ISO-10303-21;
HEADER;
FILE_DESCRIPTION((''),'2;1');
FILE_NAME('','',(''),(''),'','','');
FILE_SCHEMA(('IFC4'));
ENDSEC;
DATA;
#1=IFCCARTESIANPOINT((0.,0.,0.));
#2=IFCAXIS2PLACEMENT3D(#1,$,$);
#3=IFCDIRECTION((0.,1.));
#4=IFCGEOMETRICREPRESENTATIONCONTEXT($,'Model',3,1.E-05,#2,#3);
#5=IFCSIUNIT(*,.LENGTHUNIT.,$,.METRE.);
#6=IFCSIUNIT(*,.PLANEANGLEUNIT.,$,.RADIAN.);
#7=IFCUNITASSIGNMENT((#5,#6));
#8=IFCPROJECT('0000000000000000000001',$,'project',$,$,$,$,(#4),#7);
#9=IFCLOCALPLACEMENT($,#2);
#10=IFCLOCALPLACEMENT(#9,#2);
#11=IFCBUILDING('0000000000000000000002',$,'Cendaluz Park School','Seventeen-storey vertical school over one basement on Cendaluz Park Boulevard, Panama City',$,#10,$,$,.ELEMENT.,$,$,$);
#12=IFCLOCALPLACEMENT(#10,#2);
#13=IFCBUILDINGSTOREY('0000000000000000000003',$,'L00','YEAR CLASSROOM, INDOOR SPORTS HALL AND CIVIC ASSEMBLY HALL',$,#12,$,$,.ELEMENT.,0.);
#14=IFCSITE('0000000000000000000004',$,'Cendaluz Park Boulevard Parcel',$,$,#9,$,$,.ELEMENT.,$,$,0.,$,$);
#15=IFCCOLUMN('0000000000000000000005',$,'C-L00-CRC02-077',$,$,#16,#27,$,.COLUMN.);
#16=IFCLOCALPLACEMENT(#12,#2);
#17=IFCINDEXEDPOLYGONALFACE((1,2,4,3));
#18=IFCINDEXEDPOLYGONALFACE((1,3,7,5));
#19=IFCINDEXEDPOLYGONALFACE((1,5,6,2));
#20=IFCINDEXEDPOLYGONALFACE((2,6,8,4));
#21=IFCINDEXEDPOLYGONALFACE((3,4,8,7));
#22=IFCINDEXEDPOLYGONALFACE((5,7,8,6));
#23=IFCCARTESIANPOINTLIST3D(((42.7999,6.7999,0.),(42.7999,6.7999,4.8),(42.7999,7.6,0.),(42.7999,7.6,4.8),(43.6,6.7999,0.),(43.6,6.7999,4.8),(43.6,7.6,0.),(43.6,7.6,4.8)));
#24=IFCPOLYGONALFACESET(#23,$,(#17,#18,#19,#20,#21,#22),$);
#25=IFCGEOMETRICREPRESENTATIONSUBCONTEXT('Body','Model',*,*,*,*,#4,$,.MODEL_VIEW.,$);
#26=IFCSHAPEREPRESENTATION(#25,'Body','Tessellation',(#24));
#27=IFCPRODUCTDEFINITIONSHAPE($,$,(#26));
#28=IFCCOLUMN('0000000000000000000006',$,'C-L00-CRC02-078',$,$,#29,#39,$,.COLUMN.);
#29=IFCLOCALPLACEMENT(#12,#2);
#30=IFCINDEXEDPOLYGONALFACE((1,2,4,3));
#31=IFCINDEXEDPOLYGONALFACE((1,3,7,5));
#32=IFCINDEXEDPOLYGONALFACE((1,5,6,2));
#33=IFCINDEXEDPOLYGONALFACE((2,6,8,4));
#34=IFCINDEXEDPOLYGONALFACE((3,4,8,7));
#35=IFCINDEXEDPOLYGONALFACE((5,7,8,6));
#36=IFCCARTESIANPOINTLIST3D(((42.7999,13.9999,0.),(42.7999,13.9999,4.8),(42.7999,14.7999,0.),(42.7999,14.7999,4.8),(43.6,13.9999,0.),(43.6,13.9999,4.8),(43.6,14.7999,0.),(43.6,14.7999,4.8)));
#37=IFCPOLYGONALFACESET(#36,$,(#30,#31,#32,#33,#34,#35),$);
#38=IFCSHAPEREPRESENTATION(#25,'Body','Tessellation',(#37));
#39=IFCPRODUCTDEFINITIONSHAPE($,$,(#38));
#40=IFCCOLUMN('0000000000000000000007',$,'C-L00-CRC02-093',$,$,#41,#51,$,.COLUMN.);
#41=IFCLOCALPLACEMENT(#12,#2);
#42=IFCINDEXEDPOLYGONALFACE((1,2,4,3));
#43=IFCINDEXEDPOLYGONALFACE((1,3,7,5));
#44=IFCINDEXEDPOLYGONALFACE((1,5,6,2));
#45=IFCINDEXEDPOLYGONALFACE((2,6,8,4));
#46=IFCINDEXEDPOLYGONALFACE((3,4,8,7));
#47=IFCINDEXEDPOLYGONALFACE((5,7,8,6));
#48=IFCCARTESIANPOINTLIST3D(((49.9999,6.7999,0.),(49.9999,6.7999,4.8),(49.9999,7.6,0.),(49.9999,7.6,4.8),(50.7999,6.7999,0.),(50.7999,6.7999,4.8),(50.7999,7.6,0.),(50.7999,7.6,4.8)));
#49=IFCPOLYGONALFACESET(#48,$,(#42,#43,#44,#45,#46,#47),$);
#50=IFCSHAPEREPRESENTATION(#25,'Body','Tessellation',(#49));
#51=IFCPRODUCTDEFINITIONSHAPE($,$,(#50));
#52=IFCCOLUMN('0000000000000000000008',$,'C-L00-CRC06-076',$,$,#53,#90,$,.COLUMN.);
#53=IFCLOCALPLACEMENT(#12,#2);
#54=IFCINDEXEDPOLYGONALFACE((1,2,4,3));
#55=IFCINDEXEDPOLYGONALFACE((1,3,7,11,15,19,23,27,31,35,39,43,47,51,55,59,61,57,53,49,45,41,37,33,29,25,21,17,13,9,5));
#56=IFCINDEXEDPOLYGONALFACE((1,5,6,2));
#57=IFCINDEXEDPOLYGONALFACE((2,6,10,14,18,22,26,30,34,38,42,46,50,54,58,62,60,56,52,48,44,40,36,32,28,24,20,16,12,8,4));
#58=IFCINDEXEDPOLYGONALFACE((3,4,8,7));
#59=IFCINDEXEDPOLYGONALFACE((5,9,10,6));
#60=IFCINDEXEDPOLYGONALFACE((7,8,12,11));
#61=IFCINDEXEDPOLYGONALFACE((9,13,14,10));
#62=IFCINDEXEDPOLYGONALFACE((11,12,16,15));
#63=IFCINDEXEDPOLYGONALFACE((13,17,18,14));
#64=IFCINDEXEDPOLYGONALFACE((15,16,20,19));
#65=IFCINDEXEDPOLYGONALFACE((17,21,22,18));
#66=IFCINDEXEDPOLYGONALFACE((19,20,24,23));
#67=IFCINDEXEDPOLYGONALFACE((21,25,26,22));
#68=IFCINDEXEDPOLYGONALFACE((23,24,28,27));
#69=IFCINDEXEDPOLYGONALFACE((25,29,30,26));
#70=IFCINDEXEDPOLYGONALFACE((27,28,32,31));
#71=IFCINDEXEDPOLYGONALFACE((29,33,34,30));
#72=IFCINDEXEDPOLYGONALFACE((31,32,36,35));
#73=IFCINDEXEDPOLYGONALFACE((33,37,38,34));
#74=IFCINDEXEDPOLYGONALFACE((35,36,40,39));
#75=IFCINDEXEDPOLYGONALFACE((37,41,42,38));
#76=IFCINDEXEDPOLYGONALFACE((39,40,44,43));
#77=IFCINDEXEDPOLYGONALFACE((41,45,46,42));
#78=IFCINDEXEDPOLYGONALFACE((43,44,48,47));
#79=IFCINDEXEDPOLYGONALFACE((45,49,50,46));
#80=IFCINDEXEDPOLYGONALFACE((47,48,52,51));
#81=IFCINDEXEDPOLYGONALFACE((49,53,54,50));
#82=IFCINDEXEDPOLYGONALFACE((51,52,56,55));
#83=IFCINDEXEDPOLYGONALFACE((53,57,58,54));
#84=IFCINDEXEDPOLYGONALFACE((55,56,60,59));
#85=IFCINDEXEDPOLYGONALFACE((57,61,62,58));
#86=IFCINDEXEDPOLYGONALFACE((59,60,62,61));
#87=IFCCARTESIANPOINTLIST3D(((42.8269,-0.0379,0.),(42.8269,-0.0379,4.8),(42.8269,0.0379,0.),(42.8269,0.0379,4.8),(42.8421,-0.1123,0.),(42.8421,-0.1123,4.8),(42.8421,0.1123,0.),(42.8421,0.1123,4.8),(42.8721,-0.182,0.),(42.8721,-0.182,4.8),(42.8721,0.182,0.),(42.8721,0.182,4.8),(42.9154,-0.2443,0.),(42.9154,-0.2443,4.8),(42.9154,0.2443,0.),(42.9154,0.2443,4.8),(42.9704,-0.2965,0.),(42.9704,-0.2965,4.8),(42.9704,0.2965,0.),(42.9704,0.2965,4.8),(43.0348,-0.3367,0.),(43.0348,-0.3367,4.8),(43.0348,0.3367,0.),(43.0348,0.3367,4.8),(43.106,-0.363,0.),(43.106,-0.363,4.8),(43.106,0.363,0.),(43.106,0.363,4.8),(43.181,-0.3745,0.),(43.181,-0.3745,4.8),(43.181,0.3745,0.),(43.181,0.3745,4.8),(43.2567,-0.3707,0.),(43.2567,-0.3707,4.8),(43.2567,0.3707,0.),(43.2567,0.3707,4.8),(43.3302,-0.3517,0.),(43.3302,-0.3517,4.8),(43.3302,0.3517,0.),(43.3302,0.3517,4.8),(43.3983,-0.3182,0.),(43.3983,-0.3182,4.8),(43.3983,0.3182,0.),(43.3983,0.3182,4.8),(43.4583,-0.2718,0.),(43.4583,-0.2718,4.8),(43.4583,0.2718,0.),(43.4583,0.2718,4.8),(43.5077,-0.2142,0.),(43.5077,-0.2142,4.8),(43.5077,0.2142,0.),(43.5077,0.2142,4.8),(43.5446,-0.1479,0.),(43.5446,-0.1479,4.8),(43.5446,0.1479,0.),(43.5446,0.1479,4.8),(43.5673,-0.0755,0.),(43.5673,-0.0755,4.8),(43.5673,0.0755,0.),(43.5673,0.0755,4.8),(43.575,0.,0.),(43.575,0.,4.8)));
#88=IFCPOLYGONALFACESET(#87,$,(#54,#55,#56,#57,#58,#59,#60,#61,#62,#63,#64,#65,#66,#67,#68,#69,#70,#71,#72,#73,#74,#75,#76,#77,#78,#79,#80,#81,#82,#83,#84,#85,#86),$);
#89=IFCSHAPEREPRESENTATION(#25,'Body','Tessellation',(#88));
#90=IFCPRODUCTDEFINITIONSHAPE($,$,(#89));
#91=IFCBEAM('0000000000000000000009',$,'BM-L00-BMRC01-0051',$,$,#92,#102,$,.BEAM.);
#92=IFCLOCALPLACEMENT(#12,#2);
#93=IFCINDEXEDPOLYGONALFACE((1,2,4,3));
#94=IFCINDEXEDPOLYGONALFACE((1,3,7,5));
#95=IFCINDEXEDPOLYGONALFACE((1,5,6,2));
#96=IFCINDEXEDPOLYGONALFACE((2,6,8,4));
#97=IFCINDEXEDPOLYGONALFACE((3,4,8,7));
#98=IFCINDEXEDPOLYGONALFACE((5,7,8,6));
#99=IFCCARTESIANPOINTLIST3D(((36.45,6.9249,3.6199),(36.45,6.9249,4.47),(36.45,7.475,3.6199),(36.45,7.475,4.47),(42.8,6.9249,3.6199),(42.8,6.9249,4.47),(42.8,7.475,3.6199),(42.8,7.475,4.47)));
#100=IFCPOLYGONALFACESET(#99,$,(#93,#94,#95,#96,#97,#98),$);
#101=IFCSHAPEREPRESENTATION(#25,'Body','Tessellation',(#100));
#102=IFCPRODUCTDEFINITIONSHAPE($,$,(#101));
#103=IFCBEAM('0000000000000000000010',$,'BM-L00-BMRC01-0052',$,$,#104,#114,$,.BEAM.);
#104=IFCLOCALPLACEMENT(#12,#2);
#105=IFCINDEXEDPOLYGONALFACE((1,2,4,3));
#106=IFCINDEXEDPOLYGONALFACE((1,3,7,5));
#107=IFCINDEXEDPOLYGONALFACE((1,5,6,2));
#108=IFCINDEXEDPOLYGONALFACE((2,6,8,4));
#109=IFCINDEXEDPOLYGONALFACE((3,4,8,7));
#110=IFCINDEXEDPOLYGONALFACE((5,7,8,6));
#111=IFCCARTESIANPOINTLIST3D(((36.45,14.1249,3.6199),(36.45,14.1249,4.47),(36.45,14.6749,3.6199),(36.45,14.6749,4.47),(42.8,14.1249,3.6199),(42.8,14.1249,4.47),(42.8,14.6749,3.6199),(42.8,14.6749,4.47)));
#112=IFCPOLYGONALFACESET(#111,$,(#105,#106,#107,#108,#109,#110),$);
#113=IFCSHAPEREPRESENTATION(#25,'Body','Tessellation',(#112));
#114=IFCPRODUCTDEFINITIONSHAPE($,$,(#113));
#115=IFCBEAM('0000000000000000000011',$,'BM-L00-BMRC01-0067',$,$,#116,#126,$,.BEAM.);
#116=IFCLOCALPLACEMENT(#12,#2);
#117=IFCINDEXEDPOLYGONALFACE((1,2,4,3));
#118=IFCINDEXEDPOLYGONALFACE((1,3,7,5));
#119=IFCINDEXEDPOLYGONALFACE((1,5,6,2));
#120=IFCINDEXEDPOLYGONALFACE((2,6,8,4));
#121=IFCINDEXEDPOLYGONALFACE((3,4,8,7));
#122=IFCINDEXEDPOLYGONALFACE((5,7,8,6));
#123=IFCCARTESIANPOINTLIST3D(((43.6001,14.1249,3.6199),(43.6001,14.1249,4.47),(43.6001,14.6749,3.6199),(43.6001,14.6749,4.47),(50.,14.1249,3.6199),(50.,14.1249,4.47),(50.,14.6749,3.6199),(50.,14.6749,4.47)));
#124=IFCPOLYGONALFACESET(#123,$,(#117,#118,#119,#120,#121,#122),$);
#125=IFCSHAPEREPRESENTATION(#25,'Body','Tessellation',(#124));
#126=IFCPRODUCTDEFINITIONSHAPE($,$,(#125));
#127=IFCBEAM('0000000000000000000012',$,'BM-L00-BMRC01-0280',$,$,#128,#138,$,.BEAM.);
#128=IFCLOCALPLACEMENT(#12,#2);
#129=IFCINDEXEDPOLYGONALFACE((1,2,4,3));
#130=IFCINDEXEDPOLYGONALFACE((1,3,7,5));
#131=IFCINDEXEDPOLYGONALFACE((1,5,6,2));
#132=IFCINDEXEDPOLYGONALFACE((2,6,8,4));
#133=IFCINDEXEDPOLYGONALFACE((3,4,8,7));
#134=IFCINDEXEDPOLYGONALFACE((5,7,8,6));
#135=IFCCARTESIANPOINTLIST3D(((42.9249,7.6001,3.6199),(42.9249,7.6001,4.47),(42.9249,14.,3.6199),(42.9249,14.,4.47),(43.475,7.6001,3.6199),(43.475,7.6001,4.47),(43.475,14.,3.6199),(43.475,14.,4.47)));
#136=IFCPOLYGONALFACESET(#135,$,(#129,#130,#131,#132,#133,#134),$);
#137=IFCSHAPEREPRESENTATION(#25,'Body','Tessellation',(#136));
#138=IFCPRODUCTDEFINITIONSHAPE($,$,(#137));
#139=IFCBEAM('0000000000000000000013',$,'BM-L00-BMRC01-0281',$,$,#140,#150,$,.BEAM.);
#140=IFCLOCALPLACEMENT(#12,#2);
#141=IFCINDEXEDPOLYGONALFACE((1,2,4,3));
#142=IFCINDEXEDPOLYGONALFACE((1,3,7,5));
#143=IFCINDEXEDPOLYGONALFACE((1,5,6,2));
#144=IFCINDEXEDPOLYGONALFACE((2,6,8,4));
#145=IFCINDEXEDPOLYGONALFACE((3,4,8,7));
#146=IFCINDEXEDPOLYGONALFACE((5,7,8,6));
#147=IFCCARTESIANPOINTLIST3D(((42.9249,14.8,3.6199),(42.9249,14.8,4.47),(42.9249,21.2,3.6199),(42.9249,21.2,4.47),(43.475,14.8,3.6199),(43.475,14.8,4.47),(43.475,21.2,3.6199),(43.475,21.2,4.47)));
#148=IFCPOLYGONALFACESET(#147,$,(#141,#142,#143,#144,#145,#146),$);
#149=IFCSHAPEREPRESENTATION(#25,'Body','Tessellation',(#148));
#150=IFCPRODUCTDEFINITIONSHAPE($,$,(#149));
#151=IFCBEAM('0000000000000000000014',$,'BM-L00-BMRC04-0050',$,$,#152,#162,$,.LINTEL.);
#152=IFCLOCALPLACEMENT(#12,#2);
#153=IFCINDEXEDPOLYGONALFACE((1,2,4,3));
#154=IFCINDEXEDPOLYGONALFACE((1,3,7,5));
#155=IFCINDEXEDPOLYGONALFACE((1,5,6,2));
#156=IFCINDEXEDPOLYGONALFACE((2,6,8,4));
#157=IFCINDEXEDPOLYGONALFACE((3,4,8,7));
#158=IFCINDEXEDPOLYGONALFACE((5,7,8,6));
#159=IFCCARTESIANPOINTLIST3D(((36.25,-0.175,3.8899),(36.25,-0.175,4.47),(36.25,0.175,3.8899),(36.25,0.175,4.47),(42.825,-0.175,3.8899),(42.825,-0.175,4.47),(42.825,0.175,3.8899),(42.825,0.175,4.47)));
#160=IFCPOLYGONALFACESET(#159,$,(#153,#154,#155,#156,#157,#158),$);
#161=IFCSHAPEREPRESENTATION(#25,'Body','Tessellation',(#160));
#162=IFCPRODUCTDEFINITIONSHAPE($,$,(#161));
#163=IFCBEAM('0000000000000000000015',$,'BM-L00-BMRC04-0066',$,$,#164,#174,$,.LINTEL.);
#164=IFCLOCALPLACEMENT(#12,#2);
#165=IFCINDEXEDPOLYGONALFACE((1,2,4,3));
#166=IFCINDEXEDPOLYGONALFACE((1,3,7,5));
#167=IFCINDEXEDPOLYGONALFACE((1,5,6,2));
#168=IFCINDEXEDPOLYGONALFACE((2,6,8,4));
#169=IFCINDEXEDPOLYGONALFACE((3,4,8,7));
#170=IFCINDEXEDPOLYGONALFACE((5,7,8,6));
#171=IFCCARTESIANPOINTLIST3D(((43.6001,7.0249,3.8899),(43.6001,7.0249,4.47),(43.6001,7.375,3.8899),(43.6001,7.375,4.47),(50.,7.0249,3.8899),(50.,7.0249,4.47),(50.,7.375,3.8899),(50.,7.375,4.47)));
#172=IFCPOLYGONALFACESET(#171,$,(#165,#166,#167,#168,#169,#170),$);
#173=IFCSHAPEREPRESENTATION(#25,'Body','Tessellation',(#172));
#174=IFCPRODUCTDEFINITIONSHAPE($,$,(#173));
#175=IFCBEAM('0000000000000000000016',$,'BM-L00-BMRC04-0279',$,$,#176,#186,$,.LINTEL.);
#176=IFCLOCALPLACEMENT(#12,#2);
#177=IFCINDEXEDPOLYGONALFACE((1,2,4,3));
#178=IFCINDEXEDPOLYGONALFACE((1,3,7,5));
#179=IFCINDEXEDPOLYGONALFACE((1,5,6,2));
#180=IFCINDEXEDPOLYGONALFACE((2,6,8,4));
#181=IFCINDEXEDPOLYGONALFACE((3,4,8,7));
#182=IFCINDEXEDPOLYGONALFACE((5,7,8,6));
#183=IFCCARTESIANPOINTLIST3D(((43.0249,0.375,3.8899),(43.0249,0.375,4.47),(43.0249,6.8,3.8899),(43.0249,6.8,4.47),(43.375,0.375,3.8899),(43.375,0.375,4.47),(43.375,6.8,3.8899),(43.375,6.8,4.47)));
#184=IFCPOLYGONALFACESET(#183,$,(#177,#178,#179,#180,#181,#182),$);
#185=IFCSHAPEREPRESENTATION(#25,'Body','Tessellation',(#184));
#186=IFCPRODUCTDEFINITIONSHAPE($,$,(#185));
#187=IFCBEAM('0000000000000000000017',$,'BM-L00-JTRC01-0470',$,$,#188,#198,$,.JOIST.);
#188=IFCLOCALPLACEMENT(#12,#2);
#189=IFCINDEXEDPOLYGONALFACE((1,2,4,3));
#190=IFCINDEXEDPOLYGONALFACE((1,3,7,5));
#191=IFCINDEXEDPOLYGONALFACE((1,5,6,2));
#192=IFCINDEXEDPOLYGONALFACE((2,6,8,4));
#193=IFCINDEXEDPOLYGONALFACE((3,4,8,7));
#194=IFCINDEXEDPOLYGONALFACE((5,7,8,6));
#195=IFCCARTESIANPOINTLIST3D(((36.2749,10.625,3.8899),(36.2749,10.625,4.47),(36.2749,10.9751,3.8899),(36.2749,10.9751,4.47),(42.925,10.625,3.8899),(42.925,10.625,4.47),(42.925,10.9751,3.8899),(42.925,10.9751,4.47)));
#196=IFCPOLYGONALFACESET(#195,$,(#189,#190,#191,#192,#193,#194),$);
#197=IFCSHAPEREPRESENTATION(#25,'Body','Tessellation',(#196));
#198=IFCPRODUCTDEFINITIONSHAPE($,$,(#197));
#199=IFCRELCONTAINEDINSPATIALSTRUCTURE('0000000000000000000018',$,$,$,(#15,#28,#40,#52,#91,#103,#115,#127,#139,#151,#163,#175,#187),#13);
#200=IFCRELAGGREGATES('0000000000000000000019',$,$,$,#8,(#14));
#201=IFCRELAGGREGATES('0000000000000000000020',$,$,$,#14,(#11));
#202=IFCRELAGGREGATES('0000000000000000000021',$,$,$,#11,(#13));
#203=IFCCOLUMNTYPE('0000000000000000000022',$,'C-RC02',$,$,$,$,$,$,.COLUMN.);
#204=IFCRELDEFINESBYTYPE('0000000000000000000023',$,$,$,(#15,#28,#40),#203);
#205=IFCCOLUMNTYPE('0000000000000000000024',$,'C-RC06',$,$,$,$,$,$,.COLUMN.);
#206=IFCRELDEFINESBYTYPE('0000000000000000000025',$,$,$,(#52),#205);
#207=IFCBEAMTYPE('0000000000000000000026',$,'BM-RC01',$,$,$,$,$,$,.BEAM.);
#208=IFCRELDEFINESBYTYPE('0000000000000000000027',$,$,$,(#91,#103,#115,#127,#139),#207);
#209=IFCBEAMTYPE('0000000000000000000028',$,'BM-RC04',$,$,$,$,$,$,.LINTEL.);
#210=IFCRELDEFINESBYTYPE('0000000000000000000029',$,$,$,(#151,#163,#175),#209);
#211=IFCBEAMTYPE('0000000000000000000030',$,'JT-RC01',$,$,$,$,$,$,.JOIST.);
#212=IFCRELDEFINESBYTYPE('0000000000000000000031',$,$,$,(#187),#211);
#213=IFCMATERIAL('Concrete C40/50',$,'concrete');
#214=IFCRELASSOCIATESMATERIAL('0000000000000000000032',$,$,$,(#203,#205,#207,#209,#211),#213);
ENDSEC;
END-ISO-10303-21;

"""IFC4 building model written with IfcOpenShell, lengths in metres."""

from ifc_helpers import new_model, si_unit, direction, frame, origin, origin_2d, place, context, subcontext, project, spatial, rectangle, circle, extrude, material, material_profile, profile_set, type_object, element, save


model = new_model("IFC4")

# Units and contexts
model_context = context("Model", 3, precision=1e-05, world=origin(), true_north=direction((0.0, 1.0)))
body_context = subcontext(model_context, "Body", "Model", "MODEL_VIEW")
ifc_project = project(units=[si_unit("LENGTHUNIT", "METRE"), si_unit("PLANEANGLEUNIT", "RADIAN")], contexts=[model_context])

# Site, building, storey
site_placement = place(None, origin())
site = spatial("IfcSite", under=ifc_project, at=site_placement, Name="Cendaluz Park Boulevard Parcel", CompositionType="ELEMENT", RefElevation=0.0)
building_placement = place(site_placement, origin())
building = spatial("IfcBuilding", under=site, at=building_placement, Name="Cendaluz Park School", Description="Seventeen-storey vertical school over one basement on Cendaluz Park Boulevard, Panama City", CompositionType="ELEMENT")
storey_placement = place(building_placement, origin())
storey = spatial("IfcBuildingStorey", under=building, at=storey_placement, Name="L00", Description="YEAR CLASSROOM, INDOOR SPORTS HALL AND CIVIC ASSEMBLY HALL", CompositionType="ELEMENT", Elevation=0.0)

# Columns
ifc_material_1 = material(Name="Concrete C40/50", Category="concrete")
ifc_material_profile_1 = material_profile(ifc_material_1, rectangle(XDim=0.8, YDim=0.8, at=origin_2d()), Name="RC 800x800", Category="concrete")
ifc_profile_set_1 = profile_set([ifc_material_profile_1], Name="Concrete C40/50")
column_type_1 = type_object("IfcColumnType", Name="C-RC02", PredefinedType="COLUMN", material=ifc_profile_set_1)
for number, where, z_axis, x_axis, name in (
    (1, (43.2, 7.2, 0.0), (0.0, 0.0, 1.0), (1.0, 0.0, 0.0), "C-L00-CRC02-077"),
    (2, (43.2, 14.3999, 0.0), (0.0, 0.0, 1.0), (1.0, 0.0, 0.0), "C-L00-CRC02-078"),
    (3, (50.3999, 7.2, 0.0), (0.0, 0.0, 1.0), (1.0, 0.0, 0.0), "C-L00-CRC02-093"),
):
    element("IfcColumn", number, at=place(storey_placement, frame(where, z_axis=z_axis, x_axis=x_axis)), inside=storey, type_object=column_type_1, Name=name, PredefinedType="COLUMN", context=body_context, shape_type="SweptSolid", body=[
        extrude(rectangle(XDim=0.8, YDim=0.8, at=origin_2d()), origin(), (0.0, 0.0, 1.0), 4.8),
    ])
ifc_material_profile_2 = material_profile(ifc_material_1, circle(Radius=0.375, at=origin_2d()), Name="RC D750", Category="concrete")
ifc_profile_set_2 = profile_set([ifc_material_profile_2], Name="Concrete C40/50")
column_type_2 = type_object("IfcColumnType", Name="C-RC06", PredefinedType="COLUMN", material=ifc_profile_set_2)
column_placement = place(storey_placement, frame((43.2, 0.0, 0.0), z_axis=(0.0, 0.0, 1.0), x_axis=(1.0, 0.0, 0.0)))
element("IfcColumn", 4, at=column_placement, inside=storey, type_object=column_type_2, Name="C-L00-CRC06-076", PredefinedType="COLUMN", context=body_context, shape_type="SweptSolid", body=[
    extrude(circle(Radius=0.375, at=origin_2d()), origin(), (0.0, 0.0, 1.0), 4.8),
])

# Beams
ifc_material_profile_3 = material_profile(ifc_material_1, rectangle(XDim=0.55, YDim=0.8501, at=origin_2d()), Name="RC 550x850", Category="concrete")
ifc_profile_set_3 = profile_set([ifc_material_profile_3], Name="Concrete C40/50")
beam_type_1 = type_object("IfcBeamType", Name="BM-RC01", PredefinedType="BEAM", material=ifc_profile_set_3)
for number, where, z_axis, x_axis, name in (
    (5, (36.45, 7.2, 4.0449), (1.0, 0.0, 0.0), (0.0, 1.0, 0.0), "BM-L00-BMRC01-0051"),
    (6, (36.45, 14.3999, 4.0449), (1.0, 0.0, 0.0), (0.0, 1.0, 0.0), "BM-L00-BMRC01-0052"),
):
    element("IfcBeam", number, at=place(storey_placement, frame(where, z_axis=z_axis, x_axis=x_axis)), inside=storey, type_object=beam_type_1, Name=name, PredefinedType="BEAM", context=body_context, shape_type="SweptSolid", body=[
        extrude(rectangle(XDim=0.55, YDim=0.8501, at=origin_2d()), origin(), (0.0, 0.0, 1.0), 6.3501),
    ])
for number, where, z_axis, x_axis, name in (
    (7, (43.6001, 14.3999, 4.0449), (1.0, 0.0, 0.0), (0.0, 1.0, 0.0), "BM-L00-BMRC01-0067"),
    (8, (43.2, 7.6001, 4.0449), (0.0, 1.0, 0.0), (-1.0, 0.0, 0.0), "BM-L00-BMRC01-0280"),
    (9, (43.2, 14.8, 4.0449), (0.0, 1.0, 0.0), (-1.0, 0.0, 0.0), "BM-L00-BMRC01-0281"),
):
    element("IfcBeam", number, at=place(storey_placement, frame(where, z_axis=z_axis, x_axis=x_axis)), inside=storey, type_object=beam_type_1, Name=name, PredefinedType="BEAM", context=body_context, shape_type="SweptSolid", body=[
        extrude(rectangle(XDim=0.55, YDim=0.8501, at=origin_2d()), origin(), (0.0, 0.0, 1.0), 6.3999),
    ])
ifc_material_profile_4 = material_profile(ifc_material_1, rectangle(XDim=0.3501, YDim=0.5801, at=origin_2d()), Name="RC 350x580", Category="concrete")
ifc_profile_set_4 = profile_set([ifc_material_profile_4], Name="Concrete C40/50")
beam_type_2 = type_object("IfcBeamType", Name="BM-RC04", PredefinedType="LINTEL", material=ifc_profile_set_4)
beam_1_placement = place(storey_placement, frame((36.25, 0.0, 4.1799), z_axis=(1.0, 0.0, 0.0), x_axis=(0.0, 1.0, 0.0)))
element("IfcBeam", 10, at=beam_1_placement, inside=storey, type_object=beam_type_2, Name="BM-L00-BMRC04-0050", PredefinedType="LINTEL", context=body_context, shape_type="SweptSolid", body=[
    extrude(rectangle(XDim=0.3501, YDim=0.5801, at=origin_2d()), origin(), (0.0, 0.0, 1.0), 6.575),
])
beam_2_placement = place(storey_placement, frame((43.6001, 7.2, 4.1799), z_axis=(1.0, 0.0, 0.0), x_axis=(0.0, 1.0, 0.0)))
element("IfcBeam", 11, at=beam_2_placement, inside=storey, type_object=beam_type_2, Name="BM-L00-BMRC04-0066", PredefinedType="LINTEL", context=body_context, shape_type="SweptSolid", body=[
    extrude(rectangle(XDim=0.3501, YDim=0.5801, at=origin_2d()), origin(), (0.0, 0.0, 1.0), 6.3999),
])
beam_3_placement = place(storey_placement, frame((43.2, 0.375, 4.1799), z_axis=(0.0, 1.0, 0.0), x_axis=(-1.0, 0.0, 0.0)))
element("IfcBeam", 12, at=beam_3_placement, inside=storey, type_object=beam_type_2, Name="BM-L00-BMRC04-0279", PredefinedType="LINTEL", context=body_context, shape_type="SweptSolid", body=[
    extrude(rectangle(XDim=0.3501, YDim=0.5801, at=origin_2d()), origin(), (0.0, 0.0, 1.0), 6.425),
])
ifc_material_profile_5 = material_profile(ifc_material_1, rectangle(XDim=0.3501, YDim=0.5801, at=origin_2d()), Name="RC 350x580", Category="concrete")
ifc_profile_set_5 = profile_set([ifc_material_profile_5], Name="Concrete C40/50")
beam_type_3 = type_object("IfcBeamType", Name="JT-RC01", PredefinedType="JOIST", material=ifc_profile_set_5)
beam_4_placement = place(storey_placement, frame((36.2749, 10.8, 4.1799), z_axis=(1.0, 0.0, 0.0), x_axis=(0.0, 1.0, 0.0)))
element("IfcBeam", 13, at=beam_4_placement, inside=storey, type_object=beam_type_3, Name="BM-L00-JTRC01-0470", PredefinedType="JOIST", context=body_context, shape_type="SweptSolid", body=[
    extrude(rectangle(XDim=0.3501, YDim=0.5801, at=origin_2d()), origin(), (0.0, 0.0, 1.0), 6.6501),
])

save(model, "model.ifc")
